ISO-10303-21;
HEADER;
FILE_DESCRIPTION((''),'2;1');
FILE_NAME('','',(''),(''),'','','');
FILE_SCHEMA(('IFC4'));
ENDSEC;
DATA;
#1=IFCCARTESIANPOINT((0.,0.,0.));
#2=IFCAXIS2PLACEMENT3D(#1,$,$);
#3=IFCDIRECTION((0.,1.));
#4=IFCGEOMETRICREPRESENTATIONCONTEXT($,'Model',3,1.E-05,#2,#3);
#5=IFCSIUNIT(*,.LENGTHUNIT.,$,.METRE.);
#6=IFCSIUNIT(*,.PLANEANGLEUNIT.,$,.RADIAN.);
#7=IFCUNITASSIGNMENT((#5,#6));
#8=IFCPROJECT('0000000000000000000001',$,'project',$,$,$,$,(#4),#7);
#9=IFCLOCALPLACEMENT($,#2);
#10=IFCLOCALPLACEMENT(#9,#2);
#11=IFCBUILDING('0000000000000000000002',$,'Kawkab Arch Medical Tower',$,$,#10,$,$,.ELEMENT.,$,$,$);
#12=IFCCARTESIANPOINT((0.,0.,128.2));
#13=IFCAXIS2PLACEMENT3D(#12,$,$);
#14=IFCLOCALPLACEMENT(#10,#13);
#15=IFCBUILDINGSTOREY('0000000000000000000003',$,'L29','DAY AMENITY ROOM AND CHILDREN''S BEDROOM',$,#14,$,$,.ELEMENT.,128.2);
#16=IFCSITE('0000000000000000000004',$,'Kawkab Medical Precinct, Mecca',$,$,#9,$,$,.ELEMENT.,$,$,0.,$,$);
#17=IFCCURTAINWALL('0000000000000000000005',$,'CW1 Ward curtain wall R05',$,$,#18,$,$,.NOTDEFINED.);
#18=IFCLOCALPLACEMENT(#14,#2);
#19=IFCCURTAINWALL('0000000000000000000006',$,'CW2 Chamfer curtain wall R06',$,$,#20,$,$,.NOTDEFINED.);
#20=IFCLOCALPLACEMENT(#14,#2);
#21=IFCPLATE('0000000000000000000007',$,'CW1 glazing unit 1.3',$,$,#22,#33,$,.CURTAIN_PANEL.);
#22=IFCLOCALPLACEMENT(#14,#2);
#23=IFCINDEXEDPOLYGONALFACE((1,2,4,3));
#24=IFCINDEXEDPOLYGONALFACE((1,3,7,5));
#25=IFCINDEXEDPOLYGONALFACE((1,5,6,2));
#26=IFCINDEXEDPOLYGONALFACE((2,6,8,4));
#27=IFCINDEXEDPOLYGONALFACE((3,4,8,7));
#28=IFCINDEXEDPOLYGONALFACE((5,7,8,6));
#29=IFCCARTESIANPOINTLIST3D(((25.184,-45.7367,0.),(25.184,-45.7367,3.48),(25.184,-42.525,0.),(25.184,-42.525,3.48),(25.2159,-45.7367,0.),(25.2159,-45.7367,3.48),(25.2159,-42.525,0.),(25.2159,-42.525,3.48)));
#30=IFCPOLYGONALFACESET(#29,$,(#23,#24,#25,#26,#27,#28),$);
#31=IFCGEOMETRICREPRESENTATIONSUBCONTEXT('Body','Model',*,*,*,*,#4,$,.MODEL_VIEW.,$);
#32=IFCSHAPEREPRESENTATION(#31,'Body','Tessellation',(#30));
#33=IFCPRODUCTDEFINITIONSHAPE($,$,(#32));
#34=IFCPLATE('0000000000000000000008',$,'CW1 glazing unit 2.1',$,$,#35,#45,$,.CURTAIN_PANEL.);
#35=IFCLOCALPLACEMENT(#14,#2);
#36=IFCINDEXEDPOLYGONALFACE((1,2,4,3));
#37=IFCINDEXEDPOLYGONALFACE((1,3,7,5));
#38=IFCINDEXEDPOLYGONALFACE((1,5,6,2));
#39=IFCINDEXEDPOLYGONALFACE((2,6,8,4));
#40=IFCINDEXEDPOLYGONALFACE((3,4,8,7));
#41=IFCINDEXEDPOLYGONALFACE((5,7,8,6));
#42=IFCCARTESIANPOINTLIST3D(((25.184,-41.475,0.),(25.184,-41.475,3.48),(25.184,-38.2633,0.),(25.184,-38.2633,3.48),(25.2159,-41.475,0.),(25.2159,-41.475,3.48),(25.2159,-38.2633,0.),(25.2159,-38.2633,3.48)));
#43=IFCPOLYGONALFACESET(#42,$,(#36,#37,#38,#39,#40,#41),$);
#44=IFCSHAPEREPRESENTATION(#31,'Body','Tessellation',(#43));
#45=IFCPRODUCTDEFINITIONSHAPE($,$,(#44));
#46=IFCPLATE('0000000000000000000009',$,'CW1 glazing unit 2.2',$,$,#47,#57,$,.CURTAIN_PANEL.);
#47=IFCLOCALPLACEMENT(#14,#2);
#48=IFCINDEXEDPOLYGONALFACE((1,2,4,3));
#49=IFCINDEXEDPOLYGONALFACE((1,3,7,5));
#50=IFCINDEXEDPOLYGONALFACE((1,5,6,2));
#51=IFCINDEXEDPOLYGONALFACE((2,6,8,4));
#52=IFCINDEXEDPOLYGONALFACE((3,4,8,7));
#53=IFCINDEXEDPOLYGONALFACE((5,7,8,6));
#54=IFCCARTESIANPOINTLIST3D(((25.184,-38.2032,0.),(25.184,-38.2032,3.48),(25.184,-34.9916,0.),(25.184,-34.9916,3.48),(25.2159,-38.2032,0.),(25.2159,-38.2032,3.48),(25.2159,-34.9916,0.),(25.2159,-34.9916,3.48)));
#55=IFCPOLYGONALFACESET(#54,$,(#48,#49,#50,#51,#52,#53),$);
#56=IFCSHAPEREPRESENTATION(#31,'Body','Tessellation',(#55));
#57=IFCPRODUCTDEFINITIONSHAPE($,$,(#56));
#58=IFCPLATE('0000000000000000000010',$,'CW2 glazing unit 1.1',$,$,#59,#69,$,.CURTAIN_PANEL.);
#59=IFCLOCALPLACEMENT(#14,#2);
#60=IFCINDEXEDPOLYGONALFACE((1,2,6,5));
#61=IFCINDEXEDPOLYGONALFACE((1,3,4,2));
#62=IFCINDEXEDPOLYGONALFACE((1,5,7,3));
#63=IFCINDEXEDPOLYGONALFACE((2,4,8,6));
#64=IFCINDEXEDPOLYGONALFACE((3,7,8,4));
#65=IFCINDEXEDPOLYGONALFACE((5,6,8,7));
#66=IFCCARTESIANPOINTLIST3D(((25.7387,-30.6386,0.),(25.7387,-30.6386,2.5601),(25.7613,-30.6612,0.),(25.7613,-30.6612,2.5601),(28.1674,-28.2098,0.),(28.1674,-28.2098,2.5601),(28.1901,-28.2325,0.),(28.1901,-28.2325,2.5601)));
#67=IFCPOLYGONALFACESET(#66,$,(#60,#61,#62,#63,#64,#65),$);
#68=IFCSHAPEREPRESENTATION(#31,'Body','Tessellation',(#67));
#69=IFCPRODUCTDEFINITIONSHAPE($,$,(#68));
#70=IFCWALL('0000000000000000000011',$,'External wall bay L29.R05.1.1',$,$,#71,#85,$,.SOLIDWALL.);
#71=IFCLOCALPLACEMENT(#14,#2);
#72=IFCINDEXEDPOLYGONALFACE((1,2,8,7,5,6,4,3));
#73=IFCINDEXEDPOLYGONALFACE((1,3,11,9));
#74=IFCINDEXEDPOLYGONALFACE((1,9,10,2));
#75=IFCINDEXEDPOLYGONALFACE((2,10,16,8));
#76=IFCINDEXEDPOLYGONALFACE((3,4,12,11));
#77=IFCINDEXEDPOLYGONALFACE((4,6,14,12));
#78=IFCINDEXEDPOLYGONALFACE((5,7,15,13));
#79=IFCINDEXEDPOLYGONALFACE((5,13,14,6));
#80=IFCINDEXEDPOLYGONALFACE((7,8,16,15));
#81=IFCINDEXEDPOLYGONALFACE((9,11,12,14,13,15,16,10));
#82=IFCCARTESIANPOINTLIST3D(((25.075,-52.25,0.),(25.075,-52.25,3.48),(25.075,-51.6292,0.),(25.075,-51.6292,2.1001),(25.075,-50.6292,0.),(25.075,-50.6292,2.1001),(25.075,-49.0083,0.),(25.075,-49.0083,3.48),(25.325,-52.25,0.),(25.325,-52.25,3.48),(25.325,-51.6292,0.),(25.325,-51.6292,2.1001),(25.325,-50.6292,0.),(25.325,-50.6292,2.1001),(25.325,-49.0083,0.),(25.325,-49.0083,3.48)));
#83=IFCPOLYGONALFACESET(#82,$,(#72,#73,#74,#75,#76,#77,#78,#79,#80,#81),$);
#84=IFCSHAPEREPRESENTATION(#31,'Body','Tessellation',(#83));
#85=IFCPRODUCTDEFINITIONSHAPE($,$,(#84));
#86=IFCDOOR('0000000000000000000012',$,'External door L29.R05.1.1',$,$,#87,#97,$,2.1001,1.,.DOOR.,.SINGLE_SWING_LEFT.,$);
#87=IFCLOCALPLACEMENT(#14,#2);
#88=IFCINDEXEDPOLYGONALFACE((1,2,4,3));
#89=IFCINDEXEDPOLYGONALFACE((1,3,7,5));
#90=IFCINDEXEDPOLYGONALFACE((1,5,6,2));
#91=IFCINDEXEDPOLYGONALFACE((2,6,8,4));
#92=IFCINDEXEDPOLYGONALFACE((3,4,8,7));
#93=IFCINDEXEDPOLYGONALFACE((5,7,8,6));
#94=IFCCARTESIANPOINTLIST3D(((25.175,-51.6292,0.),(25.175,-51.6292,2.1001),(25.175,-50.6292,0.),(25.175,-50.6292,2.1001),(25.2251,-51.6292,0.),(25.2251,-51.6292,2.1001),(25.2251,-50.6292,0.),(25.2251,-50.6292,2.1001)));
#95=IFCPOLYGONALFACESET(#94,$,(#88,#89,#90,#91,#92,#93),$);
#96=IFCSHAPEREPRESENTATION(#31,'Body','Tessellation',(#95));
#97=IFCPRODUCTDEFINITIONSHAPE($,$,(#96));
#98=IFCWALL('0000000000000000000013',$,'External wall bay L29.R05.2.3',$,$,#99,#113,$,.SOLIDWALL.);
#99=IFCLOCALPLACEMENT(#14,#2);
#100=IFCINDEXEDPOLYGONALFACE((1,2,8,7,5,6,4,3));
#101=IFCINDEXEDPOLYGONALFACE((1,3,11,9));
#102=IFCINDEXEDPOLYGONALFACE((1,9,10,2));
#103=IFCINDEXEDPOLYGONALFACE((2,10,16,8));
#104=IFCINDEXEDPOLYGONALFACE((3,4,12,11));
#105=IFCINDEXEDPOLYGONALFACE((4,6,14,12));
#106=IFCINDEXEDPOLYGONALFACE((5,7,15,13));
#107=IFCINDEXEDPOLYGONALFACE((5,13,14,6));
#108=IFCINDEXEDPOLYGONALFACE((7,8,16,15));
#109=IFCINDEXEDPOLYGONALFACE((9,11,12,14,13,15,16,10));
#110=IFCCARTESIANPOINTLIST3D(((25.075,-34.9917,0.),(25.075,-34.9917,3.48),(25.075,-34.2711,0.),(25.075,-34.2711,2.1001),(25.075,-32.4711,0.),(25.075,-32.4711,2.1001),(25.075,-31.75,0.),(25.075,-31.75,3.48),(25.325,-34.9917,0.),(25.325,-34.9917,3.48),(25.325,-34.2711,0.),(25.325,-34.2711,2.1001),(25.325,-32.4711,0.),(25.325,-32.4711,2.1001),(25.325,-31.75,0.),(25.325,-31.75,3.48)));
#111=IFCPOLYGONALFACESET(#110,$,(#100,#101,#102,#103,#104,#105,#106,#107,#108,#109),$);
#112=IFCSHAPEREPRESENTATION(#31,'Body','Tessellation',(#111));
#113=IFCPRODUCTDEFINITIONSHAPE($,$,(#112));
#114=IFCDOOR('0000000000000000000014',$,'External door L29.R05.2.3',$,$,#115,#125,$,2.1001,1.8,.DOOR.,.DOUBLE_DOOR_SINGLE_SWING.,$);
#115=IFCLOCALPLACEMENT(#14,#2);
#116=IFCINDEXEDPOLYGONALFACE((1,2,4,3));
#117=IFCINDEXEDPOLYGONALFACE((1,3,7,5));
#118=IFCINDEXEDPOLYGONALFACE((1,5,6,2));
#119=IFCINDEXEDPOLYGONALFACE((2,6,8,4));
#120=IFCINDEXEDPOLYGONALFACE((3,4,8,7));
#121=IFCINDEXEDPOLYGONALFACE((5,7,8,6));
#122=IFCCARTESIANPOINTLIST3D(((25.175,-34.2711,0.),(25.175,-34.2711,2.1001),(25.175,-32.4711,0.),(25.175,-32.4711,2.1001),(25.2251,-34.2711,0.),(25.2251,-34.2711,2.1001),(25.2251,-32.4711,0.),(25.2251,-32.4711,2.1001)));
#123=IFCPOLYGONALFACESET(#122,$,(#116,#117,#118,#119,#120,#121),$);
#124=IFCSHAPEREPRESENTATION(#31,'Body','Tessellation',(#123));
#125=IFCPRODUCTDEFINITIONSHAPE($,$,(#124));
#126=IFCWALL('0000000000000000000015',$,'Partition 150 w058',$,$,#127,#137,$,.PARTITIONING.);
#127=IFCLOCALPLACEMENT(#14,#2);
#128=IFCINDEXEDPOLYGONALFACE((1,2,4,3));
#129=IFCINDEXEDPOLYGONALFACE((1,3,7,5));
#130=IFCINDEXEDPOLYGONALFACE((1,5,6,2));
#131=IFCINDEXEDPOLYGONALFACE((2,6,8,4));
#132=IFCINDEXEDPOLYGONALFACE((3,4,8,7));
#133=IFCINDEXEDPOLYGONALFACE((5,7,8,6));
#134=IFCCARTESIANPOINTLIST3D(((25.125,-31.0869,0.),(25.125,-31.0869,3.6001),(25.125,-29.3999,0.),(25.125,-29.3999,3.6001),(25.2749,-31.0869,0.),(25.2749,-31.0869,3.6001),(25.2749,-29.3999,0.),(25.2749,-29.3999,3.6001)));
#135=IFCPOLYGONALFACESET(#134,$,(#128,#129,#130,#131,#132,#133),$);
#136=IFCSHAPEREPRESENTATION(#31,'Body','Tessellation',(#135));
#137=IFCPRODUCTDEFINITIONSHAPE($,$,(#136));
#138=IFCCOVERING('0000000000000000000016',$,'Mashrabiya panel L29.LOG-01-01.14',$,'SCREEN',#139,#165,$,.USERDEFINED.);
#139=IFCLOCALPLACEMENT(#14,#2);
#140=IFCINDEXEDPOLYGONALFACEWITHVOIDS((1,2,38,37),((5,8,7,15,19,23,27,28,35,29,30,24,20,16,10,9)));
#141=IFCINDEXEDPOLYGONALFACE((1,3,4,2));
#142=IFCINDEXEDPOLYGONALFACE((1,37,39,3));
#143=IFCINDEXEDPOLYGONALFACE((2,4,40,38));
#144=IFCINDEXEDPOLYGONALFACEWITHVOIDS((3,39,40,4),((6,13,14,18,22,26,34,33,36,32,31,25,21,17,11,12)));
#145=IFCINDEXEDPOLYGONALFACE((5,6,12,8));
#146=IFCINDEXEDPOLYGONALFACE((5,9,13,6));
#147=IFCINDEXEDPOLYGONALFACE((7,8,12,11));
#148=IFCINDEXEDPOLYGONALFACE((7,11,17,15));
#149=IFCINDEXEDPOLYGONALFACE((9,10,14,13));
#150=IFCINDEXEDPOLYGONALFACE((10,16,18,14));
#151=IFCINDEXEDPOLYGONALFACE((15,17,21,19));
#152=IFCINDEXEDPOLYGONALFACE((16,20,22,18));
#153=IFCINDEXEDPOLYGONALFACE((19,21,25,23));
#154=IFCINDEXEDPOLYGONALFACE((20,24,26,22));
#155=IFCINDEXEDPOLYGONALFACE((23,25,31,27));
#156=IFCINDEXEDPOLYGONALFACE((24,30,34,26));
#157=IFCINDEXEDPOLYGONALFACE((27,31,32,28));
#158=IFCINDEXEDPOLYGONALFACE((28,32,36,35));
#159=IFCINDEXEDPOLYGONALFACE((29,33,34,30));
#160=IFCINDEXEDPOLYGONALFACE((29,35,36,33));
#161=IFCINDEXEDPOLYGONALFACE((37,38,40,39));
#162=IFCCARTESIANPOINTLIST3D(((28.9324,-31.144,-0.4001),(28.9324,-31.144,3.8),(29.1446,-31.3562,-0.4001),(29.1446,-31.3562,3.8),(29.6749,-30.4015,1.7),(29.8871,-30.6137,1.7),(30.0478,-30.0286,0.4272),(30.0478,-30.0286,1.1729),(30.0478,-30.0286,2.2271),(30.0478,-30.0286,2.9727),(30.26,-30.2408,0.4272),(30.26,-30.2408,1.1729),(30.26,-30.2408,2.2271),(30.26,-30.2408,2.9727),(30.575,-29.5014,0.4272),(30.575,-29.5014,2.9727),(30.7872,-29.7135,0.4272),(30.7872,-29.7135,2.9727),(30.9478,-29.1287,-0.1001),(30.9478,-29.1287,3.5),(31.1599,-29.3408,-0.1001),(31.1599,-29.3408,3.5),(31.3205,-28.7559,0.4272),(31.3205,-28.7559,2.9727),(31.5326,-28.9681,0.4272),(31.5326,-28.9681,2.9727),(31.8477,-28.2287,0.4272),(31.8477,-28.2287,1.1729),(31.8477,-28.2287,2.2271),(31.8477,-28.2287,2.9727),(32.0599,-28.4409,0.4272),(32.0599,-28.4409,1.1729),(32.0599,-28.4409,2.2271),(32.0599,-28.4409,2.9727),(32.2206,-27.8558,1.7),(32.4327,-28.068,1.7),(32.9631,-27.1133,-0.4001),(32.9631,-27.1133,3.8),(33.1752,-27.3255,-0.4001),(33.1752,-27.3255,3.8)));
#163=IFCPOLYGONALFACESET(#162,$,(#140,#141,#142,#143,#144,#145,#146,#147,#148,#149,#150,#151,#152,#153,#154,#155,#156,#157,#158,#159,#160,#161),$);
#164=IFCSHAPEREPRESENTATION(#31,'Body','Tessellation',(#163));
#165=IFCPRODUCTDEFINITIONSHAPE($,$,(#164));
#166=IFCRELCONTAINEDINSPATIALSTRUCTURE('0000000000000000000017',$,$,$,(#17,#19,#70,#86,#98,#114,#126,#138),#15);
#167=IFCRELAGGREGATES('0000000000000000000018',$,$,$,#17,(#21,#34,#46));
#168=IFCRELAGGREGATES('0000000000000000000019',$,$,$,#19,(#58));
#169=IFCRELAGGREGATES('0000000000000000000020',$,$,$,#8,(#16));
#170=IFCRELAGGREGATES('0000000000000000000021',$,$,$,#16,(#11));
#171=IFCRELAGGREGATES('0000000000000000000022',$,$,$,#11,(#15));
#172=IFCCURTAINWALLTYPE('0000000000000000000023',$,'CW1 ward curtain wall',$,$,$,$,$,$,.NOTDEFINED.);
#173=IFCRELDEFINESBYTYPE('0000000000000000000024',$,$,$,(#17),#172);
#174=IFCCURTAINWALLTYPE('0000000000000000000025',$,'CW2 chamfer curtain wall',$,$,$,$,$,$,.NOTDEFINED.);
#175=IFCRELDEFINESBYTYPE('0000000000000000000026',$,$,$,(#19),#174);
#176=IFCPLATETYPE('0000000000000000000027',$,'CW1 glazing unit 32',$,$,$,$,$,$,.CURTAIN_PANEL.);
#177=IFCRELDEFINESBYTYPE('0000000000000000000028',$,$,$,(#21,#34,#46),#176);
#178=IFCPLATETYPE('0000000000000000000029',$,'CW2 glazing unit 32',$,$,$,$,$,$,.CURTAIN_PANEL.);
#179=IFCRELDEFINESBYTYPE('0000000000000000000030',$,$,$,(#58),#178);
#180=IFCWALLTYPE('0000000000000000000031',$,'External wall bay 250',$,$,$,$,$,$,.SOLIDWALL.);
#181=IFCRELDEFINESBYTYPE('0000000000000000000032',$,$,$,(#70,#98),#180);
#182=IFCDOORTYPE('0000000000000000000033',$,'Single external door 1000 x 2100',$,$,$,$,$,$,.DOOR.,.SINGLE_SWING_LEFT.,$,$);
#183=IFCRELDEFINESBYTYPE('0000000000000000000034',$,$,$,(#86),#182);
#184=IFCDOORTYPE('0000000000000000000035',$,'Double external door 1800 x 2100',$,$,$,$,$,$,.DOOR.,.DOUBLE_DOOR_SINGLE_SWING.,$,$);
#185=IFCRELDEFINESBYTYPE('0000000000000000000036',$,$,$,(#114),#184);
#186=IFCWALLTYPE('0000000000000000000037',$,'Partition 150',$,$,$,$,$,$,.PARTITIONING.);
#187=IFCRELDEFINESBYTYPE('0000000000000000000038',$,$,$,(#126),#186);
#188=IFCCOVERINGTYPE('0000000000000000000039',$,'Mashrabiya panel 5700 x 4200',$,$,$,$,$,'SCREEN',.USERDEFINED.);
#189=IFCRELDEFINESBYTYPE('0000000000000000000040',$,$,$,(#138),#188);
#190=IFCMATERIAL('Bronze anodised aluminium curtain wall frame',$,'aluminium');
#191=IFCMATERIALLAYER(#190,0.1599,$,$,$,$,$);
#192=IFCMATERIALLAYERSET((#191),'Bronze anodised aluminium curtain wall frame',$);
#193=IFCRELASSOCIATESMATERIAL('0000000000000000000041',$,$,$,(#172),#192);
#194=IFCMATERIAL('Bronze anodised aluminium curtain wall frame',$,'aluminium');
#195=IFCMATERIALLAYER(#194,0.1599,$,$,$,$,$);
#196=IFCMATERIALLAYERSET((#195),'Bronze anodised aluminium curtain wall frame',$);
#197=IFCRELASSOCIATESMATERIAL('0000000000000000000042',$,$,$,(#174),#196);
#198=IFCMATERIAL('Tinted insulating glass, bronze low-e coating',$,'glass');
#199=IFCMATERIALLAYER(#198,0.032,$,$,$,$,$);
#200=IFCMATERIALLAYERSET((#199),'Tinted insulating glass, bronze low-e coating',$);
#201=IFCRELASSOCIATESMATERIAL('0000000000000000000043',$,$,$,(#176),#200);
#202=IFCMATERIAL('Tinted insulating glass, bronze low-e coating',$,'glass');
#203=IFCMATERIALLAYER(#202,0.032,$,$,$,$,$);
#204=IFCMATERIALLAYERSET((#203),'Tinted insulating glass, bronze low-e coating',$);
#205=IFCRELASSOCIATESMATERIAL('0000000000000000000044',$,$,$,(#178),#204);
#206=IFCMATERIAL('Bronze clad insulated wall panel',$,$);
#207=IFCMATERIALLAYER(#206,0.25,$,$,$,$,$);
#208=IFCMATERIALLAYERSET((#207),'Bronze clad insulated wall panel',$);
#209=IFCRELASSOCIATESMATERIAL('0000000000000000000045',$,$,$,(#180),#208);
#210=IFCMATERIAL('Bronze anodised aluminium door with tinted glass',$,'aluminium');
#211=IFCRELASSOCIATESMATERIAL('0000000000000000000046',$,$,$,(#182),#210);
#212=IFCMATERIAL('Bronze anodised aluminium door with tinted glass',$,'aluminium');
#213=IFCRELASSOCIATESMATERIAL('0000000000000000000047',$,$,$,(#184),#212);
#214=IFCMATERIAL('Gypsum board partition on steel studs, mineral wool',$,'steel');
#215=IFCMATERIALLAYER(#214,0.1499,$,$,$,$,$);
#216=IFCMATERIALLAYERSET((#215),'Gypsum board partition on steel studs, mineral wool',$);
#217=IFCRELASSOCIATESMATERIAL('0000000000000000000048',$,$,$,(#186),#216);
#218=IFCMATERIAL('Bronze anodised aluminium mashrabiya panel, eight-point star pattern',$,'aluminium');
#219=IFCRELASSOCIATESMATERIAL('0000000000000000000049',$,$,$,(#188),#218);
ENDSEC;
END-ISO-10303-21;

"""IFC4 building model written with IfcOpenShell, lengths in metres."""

from ifc_helpers import new_model, si_unit, direction, frame, frame_2d, origin, origin_2d, place, context, subcontext, project, spatial, polyline, rectangle, outline, extrude, material, layer, layer_set, material_profile, profile_set, type_object, element, fill, aggregate, save


model = new_model("IFC4")

# Units and contexts
model_context = context("Model", 3, precision=1e-05, world=origin(), true_north=direction((0.0, 1.0)))
body_context = subcontext(model_context, "Body", "Model", "MODEL_VIEW")
ifc_project = project(units=[si_unit("LENGTHUNIT", "METRE"), si_unit("PLANEANGLEUNIT", "RADIAN")], contexts=[model_context])

# Site, building, storey
site_placement = place(None, origin())
site = spatial("IfcSite", under=ifc_project, at=site_placement, Name="Kawkab Medical Precinct, Mecca", CompositionType="ELEMENT", RefElevation=0.0)
building_placement = place(site_placement, origin())
building = spatial("IfcBuilding", under=site, at=building_placement, Name="Kawkab Arch Medical Tower", CompositionType="ELEMENT")
storey_placement = place(building_placement, frame((0.0, 0.0, 128.2)))
storey = spatial("IfcBuildingStorey", under=building, at=storey_placement, Name="L29", Description="DAY AMENITY ROOM AND CHILDREN'S BEDROOM", CompositionType="ELEMENT", Elevation=128.2)

# Curtain walls
ifc_material_1 = material(Name="Bronze anodised aluminium curtain wall frame", Category="aluminium")
ifc_layer_1 = layer(ifc_material_1, 0.1599)
ifc_layer_set_1 = layer_set([ifc_layer_1], Name="Bronze anodised aluminium curtain wall frame")
curtain_wall_type_1 = type_object("IfcCurtainWallType", Name="CW1 ward curtain wall", PredefinedType="NOTDEFINED", material=ifc_layer_set_1)
placement = place(storey_placement, origin())
curtain_wall_1 = element("IfcCurtainWall", 1, at=placement, inside=storey, type_object=curtain_wall_type_1, Name="CW1 Ward curtain wall R05", PredefinedType="NOTDEFINED")
ifc_material_2 = material(Name="Bronze anodised aluminium curtain wall frame", Category="aluminium")
ifc_layer_2 = layer(ifc_material_2, 0.1599)
ifc_layer_set_2 = layer_set([ifc_layer_2], Name="Bronze anodised aluminium curtain wall frame")
curtain_wall_type_2 = type_object("IfcCurtainWallType", Name="CW2 chamfer curtain wall", PredefinedType="NOTDEFINED", material=ifc_layer_set_2)
curtain_wall_2 = element("IfcCurtainWall", 2, at=placement, inside=storey, type_object=curtain_wall_type_2, Name="CW2 Chamfer curtain wall R06", PredefinedType="NOTDEFINED")

# Plates
ifc_material_3 = material(Name="Tinted insulating glass, bronze low-e coating", Category="glass")
ifc_layer_3 = layer(ifc_material_3, 0.032)
ifc_layer_set_3 = layer_set([ifc_layer_3], Name="Tinted insulating glass, bronze low-e coating")
plate_type_1 = type_object("IfcPlateType", Name="CW1 glazing unit 32", PredefinedType="CURTAIN_PANEL", material=ifc_layer_set_3)
plate_1_placement = place(storey_placement, frame((25.2, -44.1309, 0.0), z_axis=(0.0, 0.0, 1.0), x_axis=(0.0, 1.0, 0.0)))
plate_1 = element("IfcPlate", 3, at=plate_1_placement, type_object=plate_type_1, Name="CW1 glazing unit 1.3", PredefinedType="CURTAIN_PANEL", context=body_context, shape_type="SweptSolid", body=[
    extrude(rectangle(XDim=3.2117, YDim=0.032, at=origin_2d()), origin(), (0.0, 0.0, 1.0), 3.48),
])
plate_2_placement = place(storey_placement, frame((25.2, -39.8691, 0.0), z_axis=(0.0, 0.0, 1.0), x_axis=(0.0, 1.0, 0.0)))
plate_2 = element("IfcPlate", 4, at=plate_2_placement, type_object=plate_type_1, Name="CW1 glazing unit 2.1", PredefinedType="CURTAIN_PANEL", context=body_context, shape_type="SweptSolid", body=[
    extrude(rectangle(XDim=3.2117, YDim=0.032, at=origin_2d()), origin(), (0.0, 0.0, 1.0), 3.48),
])
plate_3_placement = place(storey_placement, frame((25.2, -36.5974, 0.0), z_axis=(0.0, 0.0, 1.0), x_axis=(0.0, 1.0, 0.0)))
plate_3 = element("IfcPlate", 5, at=plate_3_placement, type_object=plate_type_1, Name="CW1 glazing unit 2.2", PredefinedType="CURTAIN_PANEL", context=body_context, shape_type="SweptSolid", body=[
    extrude(rectangle(XDim=3.2117, YDim=0.032, at=origin_2d()), origin(), (0.0, 0.0, 1.0), 3.48),
])
aggregate(curtain_wall_1, [plate_1, plate_2, plate_3])
ifc_material_4 = material(Name="Tinted insulating glass, bronze low-e coating", Category="glass")
ifc_layer_4 = layer(ifc_material_4, 0.032)
ifc_layer_set_4 = layer_set([ifc_layer_4], Name="Tinted insulating glass, bronze low-e coating")
plate_type_2 = type_object("IfcPlateType", Name="CW2 glazing unit 32", PredefinedType="CURTAIN_PANEL", material=ifc_layer_set_4)
plate_4_placement = place(storey_placement, frame((26.9644, -29.4355, 0.0), z_axis=(0.0, 0.0, 1.0), x_axis=(0.707107, 0.707107, 0.0)))
plate_4 = element("IfcPlate", 6, at=plate_4_placement, type_object=plate_type_2, Name="CW2 glazing unit 1.1", PredefinedType="CURTAIN_PANEL", context=body_context, shape_type="SweptSolid", body=[
    extrude(rectangle(XDim=3.4348, YDim=0.032, at=origin_2d()), origin(), (0.0, 0.0, 1.0), 2.5601),
])
aggregate(curtain_wall_2, [plate_4])

# Walls, openings, doors
ifc_material_5 = material(Name="Bronze clad insulated wall panel")
ifc_layer_5 = layer(ifc_material_5, 0.25)
ifc_layer_set_5 = layer_set([ifc_layer_5], Name="Bronze clad insulated wall panel")
wall_type_1 = type_object("IfcWallType", Name="External wall bay 250", PredefinedType="SOLIDWALL", material=ifc_layer_set_5)
wall_1_placement = place(storey_placement, frame((25.2, -52.25, 0.0), z_axis=(0.0, 0.0, 1.0), x_axis=(0.0, 1.0, 0.0)))
wall_1 = element("IfcWall", 7, at=wall_1_placement, inside=storey, type_object=wall_type_1, Name="External wall bay L29.R05.1.1", PredefinedType="SOLIDWALL", context=body_context, shape_type="SweptSolid", body=[
    extrude(rectangle(XDim=3.2417, YDim=0.25, at=frame_2d((1.6208, 0.0))), origin(), (0.0, 0.0, 1.0), 3.48),
])
opening_1_placement = place(wall_1_placement, frame((0.6208, 0.0, 0.0)))
opening_1 = element("IfcOpeningElement", 8, at=opening_1_placement, cuts=wall_1, PredefinedType="OPENING", context=body_context, shape_type="SweptSolid", body=[
    extrude(rectangle(XDim=1.0, YDim=2.1001, at=frame_2d((0.5, 1.05))), frame((0.0, 0.135, 0.0), z_axis=(0.0, -1.0, 0.0), x_axis=(1.0, 0.0, 0.0)), (0.0, 0.0, 1.0), 0.27),
])
ifc_material_6 = material(Name="Bronze anodised aluminium door with tinted glass", Category="aluminium")
door_type_1 = type_object("IfcDoorType", Name="Single external door 1000 x 2100", OperationType="SINGLE_SWING_LEFT", PredefinedType="DOOR", material=ifc_material_6)
door_1_placement = place(opening_1_placement, origin())
door_1 = element("IfcDoor", 9, at=door_1_placement, inside=storey, type_object=door_type_1, Name="External door L29.R05.1.1", OperationType="SINGLE_SWING_LEFT", OverallHeight=2.1001, OverallWidth=1.0, PredefinedType="DOOR", context=body_context, shape_type="SweptSolid", body=[
    extrude(rectangle(XDim=1.0, YDim=2.1001, at=frame_2d((0.5, 1.05))), frame((0.0, 0.0249, 0.0), z_axis=(0.0, -1.0, 0.0), x_axis=(1.0, 0.0, 0.0)), (0.0, 0.0, 1.0), 0.05),
])
fill(opening_1, door_1)
wall_2_placement = place(storey_placement, frame((25.2, -34.9917, 0.0), z_axis=(0.0, 0.0, 1.0), x_axis=(0.0, 1.0, 0.0)))
wall_2 = element("IfcWall", 10, at=wall_2_placement, inside=storey, type_object=wall_type_1, Name="External wall bay L29.R05.2.3", PredefinedType="SOLIDWALL", context=body_context, shape_type="SweptSolid", body=[
    extrude(rectangle(XDim=3.2417, YDim=0.25, at=frame_2d((1.6208, 0.0))), origin(), (0.0, 0.0, 1.0), 3.48),
])
opening_2_placement = place(wall_2_placement, frame((0.7207, 0.0, 0.0)))
opening_2 = element("IfcOpeningElement", 11, at=opening_2_placement, cuts=wall_2, PredefinedType="OPENING", context=body_context, shape_type="SweptSolid", body=[
    extrude(rectangle(XDim=1.8, YDim=2.1001, at=frame_2d((0.8999, 1.05))), frame((0.0, 0.135, 0.0), z_axis=(0.0, -1.0, 0.0), x_axis=(1.0, 0.0, 0.0)), (0.0, 0.0, 1.0), 0.27),
])
ifc_material_7 = material(Name="Bronze anodised aluminium door with tinted glass", Category="aluminium")
door_type_2 = type_object("IfcDoorType", Name="Double external door 1800 x 2100", OperationType="DOUBLE_DOOR_SINGLE_SWING", PredefinedType="DOOR", material=ifc_material_7)
door_2_placement = place(opening_2_placement, origin())
door_2 = element("IfcDoor", 12, at=door_2_placement, inside=storey, type_object=door_type_2, Name="External door L29.R05.2.3", OperationType="DOUBLE_DOOR_SINGLE_SWING", OverallHeight=2.1001, OverallWidth=1.8, PredefinedType="DOOR", context=body_context, shape_type="SweptSolid", body=[
    extrude(rectangle(XDim=1.8, YDim=2.1001, at=frame_2d((0.8999, 1.05))), frame((0.0, 0.0249, 0.0), z_axis=(0.0, -1.0, 0.0), x_axis=(1.0, 0.0, 0.0)), (0.0, 0.0, 1.0), 0.05),
])
fill(opening_2, door_2)

# Wall
ifc_material_8 = material(Name="Gypsum board partition on steel studs, mineral wool", Category="steel")
ifc_layer_6 = layer(ifc_material_8, 0.1499)
ifc_layer_set_6 = layer_set([ifc_layer_6], Name="Gypsum board partition on steel studs, mineral wool")
wall_type_2 = type_object("IfcWallType", Name="Partition 150", PredefinedType="PARTITIONING", material=ifc_layer_set_6)
wall_3_placement = place(storey_placement, frame((25.2, -31.0869, 0.0), z_axis=(0.0, 0.0, 1.0), x_axis=(0.0, 1.0, 0.0)))
element("IfcWall", 13, at=wall_3_placement, inside=storey, type_object=wall_type_2, Name="Partition 150 w058", PredefinedType="PARTITIONING", context=body_context, shape_type="SweptSolid", body=[
    extrude(rectangle(XDim=1.687, YDim=0.1499, at=frame_2d((0.8435, 0.0))), origin(), (0.0, 0.0, 1.0), 3.6001),
])

# Covering
ifc_material_9 = material(Name="Bronze anodised aluminium mashrabiya panel, eight-point star pattern", Category="aluminium")
ifc_material_profile_1 = material_profile(ifc_material_9, outline(polyline([(-2.8501, -2.1001), (2.8501, -2.1001), (2.8501, 2.1001), (-2.8501, 2.1001), (-2.8501, -2.1001)]), holes=[polyline([(1.8, 0.0), (1.2727, 0.5271), (1.2727, 1.2727), (0.5271, 1.2727), (0.0, 1.8), (-0.5271, 1.2727), (-1.2727, 1.2727), (-1.2727, 0.5271), (-1.8, 0.0), (-1.2727, -0.5271), (-1.2727, -1.2727), (-0.5271, -1.2727), (0.0, -1.8), (0.5271, -1.2727), (1.2727, -1.2727), (1.2727, -0.5271), (1.8, 0.0)])]), Name="Mashrabiya panel 5700x4200")
ifc_profile_set_1 = profile_set([ifc_material_profile_1], Name="Bronze anodised aluminium mashrabiya panel, eight-point star pattern")
covering_type_1 = type_object("IfcCoveringType", Name="Mashrabiya panel 5700 x 4200", ElementType="SCREEN", PredefinedType="USERDEFINED", material=ifc_profile_set_1)
covering_1_placement = place(storey_placement, frame((30.9478, -29.1287, 1.7), z_axis=(0.707107, -0.707107, 0.0), x_axis=(0.707107, 0.707107, 0.0)))
element("IfcCovering", 14, at=covering_1_placement, inside=storey, type_object=covering_type_1, Name="Mashrabiya panel L29.LOG-01-01.14", ObjectType="SCREEN", PredefinedType="USERDEFINED", context=body_context, shape_type="SweptSolid", body=[
    extrude(outline(polyline([(-2.8501, -2.1001), (2.8501, -2.1001), (2.8501, 2.1001), (-2.8501, 2.1001), (-2.8501, -2.1001)]), holes=[polyline([(1.8, 0.0), (1.2727, 0.5271), (1.2727, 1.2727), (0.5271, 1.2727), (0.0, 1.8), (-0.5271, 1.2727), (-1.2727, 1.2727), (-1.2727, 0.5271), (-1.8, 0.0), (-1.2727, -0.5271), (-1.2727, -1.2727), (-0.5271, -1.2727), (0.0, -1.8), (0.5271, -1.2727), (1.2727, -1.2727), (1.2727, -0.5271), (1.8, 0.0)])]), origin(), (0.0, 0.0, 1.0), 0.3),
])

save(model, "model.ifc")
